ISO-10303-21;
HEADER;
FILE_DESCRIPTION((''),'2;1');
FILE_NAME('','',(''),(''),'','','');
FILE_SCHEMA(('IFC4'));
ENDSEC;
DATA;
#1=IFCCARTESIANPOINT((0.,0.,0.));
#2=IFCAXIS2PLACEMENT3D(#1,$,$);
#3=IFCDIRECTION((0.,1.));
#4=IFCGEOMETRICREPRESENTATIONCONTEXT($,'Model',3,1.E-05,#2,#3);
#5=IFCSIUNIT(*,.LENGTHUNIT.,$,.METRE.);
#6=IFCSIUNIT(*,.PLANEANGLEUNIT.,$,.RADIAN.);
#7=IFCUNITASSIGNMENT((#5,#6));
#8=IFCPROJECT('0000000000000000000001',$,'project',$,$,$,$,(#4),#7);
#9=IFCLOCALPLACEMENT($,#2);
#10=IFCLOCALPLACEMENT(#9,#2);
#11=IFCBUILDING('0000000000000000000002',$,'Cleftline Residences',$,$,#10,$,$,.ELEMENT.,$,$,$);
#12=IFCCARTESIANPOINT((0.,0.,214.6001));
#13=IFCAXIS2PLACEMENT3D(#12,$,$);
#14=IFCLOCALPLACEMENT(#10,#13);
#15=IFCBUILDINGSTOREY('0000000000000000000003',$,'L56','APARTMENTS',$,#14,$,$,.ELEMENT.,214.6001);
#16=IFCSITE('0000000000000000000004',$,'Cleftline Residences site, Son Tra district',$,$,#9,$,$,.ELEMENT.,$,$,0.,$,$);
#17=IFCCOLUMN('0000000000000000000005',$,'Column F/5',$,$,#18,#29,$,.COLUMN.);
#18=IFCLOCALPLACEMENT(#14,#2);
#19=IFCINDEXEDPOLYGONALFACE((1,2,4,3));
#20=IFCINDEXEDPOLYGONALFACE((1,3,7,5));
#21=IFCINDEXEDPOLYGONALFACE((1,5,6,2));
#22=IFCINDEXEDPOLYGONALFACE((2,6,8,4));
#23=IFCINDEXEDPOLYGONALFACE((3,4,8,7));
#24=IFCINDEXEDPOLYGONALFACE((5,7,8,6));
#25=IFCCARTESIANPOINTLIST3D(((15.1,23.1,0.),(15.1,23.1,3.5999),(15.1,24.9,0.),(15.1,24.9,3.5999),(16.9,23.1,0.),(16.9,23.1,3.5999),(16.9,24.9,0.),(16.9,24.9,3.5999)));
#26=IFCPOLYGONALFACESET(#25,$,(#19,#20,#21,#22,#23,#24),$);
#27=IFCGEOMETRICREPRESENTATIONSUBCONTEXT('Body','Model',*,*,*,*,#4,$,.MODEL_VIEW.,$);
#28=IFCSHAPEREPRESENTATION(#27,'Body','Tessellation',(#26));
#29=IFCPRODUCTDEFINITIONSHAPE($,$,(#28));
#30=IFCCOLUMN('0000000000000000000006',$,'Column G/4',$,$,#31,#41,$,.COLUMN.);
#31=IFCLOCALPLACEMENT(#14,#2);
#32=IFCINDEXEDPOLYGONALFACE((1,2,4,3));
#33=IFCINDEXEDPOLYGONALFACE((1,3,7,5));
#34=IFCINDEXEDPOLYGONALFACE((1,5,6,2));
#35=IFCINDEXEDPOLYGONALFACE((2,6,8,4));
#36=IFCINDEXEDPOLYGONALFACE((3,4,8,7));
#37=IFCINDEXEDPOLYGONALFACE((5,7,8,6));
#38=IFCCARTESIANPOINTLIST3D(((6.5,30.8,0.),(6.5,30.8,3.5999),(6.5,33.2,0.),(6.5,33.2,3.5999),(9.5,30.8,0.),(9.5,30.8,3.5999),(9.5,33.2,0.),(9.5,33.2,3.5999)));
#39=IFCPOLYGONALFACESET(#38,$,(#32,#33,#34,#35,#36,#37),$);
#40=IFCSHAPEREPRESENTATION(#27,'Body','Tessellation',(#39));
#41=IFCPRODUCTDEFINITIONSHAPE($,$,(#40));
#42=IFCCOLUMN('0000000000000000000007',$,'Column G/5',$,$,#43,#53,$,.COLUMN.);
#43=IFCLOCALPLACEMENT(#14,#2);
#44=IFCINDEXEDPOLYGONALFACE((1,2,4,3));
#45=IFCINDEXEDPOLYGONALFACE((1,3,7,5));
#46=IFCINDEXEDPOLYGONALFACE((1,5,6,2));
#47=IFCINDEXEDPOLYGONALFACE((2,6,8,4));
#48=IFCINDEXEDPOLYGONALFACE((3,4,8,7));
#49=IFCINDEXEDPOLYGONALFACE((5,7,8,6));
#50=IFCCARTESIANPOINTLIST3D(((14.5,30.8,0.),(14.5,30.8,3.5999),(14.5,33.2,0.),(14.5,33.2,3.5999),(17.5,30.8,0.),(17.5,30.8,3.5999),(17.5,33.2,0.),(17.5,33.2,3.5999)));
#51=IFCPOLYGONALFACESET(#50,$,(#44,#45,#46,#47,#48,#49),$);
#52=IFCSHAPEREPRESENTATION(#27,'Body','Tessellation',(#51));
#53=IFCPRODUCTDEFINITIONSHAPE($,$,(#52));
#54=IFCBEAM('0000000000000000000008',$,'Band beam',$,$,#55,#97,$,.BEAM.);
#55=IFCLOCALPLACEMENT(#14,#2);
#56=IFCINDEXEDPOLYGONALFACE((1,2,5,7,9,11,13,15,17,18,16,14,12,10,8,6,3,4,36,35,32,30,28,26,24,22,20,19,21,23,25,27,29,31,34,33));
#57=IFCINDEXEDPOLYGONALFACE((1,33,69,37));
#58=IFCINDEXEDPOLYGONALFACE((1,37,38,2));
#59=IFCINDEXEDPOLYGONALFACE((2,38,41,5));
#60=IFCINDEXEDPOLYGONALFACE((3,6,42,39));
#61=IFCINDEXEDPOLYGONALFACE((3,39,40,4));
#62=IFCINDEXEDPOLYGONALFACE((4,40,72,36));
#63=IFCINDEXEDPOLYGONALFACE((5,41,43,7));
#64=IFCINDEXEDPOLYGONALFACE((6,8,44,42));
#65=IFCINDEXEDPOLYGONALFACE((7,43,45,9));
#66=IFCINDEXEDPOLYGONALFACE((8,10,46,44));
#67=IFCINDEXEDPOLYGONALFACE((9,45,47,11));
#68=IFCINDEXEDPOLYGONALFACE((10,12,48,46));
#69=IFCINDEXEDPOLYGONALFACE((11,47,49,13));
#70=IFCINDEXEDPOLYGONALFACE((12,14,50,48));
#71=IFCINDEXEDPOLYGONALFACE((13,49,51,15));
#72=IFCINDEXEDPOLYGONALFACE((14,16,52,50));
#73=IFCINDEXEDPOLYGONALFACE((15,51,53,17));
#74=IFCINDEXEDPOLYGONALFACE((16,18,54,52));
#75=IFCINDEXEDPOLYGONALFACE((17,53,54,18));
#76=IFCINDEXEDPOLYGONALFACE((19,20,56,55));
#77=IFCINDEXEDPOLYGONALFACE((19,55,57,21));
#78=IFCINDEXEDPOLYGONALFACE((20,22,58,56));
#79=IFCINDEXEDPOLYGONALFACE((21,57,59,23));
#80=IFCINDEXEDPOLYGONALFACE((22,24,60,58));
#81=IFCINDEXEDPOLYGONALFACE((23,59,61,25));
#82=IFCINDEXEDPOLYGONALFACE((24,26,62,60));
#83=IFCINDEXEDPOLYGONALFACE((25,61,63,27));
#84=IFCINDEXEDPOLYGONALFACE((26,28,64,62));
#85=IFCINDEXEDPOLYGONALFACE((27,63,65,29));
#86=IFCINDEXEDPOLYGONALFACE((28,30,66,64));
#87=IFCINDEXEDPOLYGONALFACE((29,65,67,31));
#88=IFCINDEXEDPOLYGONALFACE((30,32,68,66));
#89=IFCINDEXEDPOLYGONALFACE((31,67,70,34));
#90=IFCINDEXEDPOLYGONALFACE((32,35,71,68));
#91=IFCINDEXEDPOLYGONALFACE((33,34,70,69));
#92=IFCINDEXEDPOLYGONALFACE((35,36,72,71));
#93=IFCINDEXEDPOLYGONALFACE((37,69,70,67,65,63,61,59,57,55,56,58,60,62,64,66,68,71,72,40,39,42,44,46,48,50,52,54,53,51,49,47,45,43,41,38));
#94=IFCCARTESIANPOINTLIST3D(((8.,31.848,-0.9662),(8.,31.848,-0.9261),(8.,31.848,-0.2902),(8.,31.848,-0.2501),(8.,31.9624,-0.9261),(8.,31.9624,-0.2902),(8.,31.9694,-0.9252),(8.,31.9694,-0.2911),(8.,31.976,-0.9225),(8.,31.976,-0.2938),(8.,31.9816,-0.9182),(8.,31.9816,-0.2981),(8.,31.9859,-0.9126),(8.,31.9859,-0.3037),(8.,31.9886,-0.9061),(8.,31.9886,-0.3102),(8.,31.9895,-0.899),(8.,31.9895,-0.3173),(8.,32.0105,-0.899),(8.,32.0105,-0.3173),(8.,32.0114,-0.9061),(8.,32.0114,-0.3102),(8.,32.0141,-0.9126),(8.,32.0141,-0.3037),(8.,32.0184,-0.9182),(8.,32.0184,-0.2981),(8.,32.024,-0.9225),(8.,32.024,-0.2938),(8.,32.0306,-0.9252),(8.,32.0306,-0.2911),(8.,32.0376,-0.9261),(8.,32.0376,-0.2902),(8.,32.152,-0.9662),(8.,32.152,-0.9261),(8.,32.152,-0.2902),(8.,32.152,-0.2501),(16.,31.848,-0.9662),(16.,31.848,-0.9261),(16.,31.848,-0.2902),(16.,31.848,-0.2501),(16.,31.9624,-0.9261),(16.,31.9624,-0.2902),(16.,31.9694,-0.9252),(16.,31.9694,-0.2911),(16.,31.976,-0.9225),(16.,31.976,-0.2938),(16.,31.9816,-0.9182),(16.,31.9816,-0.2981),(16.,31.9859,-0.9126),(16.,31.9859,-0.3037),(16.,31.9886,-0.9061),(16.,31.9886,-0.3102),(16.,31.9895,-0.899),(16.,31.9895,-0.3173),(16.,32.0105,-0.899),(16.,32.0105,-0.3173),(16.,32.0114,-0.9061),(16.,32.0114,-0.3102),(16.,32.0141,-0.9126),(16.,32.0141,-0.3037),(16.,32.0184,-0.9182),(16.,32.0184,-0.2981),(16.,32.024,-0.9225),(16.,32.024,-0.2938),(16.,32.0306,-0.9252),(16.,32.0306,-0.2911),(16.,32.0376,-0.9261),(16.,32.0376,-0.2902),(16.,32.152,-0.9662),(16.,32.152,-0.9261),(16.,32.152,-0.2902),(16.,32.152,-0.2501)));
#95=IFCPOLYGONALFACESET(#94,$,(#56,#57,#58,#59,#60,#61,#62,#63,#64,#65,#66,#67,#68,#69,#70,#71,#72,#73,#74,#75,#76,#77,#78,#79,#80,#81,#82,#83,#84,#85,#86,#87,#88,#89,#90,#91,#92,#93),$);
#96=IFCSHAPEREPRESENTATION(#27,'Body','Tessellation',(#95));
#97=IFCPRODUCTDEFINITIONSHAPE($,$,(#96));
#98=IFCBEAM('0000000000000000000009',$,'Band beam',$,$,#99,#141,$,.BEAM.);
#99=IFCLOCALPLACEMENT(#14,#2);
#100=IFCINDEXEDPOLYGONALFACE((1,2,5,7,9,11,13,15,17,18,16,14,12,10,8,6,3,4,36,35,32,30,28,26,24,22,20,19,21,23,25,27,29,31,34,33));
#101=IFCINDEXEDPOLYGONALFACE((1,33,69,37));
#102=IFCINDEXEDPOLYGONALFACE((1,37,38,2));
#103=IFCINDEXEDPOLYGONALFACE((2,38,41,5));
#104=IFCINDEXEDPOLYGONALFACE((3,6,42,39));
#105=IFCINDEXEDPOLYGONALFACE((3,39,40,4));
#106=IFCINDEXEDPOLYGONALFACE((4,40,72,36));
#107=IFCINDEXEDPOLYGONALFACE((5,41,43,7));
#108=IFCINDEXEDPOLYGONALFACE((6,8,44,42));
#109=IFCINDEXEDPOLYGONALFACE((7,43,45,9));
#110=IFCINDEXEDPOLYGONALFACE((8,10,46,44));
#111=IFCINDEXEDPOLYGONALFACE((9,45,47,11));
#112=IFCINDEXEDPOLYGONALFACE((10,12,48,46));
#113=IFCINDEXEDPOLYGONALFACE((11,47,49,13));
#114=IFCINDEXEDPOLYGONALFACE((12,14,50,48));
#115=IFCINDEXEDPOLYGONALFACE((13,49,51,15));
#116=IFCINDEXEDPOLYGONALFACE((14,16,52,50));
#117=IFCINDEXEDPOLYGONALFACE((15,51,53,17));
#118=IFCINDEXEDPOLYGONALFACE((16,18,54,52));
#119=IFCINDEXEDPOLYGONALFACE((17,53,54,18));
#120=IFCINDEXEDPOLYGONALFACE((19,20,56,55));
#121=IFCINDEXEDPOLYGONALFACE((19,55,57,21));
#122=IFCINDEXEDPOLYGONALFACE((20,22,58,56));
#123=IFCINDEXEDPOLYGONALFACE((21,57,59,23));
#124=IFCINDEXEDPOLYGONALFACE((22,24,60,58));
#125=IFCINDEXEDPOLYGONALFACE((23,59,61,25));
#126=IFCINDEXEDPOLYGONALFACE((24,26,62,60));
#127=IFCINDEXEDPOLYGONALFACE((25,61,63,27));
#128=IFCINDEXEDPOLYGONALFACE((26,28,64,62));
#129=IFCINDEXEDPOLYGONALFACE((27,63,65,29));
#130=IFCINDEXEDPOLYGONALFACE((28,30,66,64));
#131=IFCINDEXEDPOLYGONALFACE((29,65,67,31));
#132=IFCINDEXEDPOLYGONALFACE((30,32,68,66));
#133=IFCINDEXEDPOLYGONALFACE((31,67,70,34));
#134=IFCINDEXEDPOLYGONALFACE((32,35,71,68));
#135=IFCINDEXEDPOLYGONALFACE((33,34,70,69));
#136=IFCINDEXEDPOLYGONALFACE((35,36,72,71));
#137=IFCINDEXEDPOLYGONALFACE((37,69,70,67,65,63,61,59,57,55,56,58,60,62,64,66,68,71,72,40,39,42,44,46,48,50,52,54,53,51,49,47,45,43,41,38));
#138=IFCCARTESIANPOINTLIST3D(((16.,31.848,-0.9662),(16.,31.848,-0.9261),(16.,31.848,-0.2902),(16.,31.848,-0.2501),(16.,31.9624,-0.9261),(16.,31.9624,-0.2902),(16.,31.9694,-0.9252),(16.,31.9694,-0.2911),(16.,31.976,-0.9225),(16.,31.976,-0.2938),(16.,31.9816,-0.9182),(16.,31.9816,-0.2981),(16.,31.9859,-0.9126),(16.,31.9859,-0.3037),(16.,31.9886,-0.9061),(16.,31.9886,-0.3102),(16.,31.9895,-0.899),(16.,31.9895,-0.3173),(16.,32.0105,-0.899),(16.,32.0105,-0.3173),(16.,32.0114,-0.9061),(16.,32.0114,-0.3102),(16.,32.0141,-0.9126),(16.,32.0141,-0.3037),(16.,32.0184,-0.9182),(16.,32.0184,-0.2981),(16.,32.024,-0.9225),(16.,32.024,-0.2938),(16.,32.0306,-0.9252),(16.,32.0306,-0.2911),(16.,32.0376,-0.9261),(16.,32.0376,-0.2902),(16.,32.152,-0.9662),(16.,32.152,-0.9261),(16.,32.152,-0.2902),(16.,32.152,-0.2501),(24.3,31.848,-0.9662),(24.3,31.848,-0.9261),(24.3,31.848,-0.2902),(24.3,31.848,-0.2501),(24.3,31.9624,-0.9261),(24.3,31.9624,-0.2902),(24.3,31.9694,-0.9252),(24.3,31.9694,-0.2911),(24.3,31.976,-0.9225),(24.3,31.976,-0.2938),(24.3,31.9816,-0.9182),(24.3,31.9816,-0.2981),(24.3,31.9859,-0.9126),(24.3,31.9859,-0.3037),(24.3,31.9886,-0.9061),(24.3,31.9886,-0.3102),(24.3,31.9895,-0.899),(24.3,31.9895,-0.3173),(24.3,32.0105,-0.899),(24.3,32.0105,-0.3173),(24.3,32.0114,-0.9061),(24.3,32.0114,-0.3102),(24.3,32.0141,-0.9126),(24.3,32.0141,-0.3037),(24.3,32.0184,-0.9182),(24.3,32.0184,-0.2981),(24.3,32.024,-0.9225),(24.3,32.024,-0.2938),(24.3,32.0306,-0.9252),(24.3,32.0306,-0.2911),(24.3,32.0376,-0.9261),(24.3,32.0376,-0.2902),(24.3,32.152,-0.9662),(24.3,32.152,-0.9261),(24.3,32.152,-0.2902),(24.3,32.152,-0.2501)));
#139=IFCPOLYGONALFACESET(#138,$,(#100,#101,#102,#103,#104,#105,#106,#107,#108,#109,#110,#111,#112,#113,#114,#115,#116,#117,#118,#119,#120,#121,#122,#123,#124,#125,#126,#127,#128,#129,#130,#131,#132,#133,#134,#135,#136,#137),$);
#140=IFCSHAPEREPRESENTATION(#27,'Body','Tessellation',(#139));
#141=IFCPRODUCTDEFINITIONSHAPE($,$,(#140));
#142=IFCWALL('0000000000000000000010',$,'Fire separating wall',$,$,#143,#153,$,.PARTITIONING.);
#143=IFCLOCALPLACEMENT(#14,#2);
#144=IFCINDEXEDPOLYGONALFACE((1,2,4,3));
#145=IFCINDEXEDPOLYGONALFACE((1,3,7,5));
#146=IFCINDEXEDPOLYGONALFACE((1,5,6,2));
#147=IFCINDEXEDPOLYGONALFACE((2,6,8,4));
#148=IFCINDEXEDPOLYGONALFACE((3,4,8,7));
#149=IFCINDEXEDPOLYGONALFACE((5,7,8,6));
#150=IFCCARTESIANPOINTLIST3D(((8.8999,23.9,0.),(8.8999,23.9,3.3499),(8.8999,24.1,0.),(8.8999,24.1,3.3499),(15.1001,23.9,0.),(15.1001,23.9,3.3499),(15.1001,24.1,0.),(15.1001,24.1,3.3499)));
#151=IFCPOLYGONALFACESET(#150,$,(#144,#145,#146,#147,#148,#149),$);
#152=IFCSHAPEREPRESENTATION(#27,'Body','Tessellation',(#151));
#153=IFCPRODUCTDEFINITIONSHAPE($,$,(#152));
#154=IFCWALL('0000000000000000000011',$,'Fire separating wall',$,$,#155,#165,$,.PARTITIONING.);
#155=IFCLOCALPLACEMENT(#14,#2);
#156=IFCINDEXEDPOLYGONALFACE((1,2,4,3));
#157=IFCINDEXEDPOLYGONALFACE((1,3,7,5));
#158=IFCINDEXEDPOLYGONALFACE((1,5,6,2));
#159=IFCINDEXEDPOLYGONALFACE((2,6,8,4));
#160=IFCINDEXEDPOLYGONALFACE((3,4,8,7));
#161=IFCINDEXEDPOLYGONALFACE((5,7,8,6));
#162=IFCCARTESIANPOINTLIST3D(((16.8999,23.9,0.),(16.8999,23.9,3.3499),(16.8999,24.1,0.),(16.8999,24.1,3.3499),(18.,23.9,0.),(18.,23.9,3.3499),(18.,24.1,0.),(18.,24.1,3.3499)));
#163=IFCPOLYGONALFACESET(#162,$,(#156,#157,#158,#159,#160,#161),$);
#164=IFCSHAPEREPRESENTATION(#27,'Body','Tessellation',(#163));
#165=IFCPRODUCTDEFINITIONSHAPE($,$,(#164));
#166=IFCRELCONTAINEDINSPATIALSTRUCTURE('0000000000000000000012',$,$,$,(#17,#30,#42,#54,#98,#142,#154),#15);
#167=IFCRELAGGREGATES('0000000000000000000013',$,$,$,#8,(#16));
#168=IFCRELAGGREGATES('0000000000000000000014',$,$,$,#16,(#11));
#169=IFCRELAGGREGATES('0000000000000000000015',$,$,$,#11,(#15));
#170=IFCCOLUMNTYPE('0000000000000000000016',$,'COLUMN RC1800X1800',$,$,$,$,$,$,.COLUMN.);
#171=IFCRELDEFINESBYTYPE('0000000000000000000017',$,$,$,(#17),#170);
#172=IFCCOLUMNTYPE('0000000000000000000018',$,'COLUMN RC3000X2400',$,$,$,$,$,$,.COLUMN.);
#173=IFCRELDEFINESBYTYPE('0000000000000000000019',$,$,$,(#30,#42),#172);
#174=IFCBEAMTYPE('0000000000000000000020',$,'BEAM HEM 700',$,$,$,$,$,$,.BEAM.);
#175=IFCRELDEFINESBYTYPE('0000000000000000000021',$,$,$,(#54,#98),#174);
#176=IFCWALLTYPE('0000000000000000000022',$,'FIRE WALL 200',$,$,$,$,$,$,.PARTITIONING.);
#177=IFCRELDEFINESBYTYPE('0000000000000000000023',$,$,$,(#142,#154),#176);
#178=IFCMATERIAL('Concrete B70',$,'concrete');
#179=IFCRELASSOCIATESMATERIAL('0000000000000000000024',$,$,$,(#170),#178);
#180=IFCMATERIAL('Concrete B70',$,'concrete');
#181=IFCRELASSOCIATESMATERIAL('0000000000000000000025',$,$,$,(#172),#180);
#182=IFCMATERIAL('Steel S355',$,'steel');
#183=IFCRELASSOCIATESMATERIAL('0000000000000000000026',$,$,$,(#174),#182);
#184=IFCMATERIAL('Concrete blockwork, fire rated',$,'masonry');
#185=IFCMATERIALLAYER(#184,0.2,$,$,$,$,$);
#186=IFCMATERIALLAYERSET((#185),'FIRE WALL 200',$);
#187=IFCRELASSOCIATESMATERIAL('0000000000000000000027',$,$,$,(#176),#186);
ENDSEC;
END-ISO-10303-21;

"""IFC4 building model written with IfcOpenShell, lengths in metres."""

from ifc_helpers import new_model, si_unit, direction, frame, frame_2d, origin, origin_2d, place, context, subcontext, project, spatial, rectangle, i_section, extrude, material, layer, layer_set, material_profile, profile_set, type_object, element, save


model = new_model("IFC4")

# Units and contexts
model_context = context("Model", 3, precision=1e-05, world=origin(), true_north=direction((0.0, 1.0)))
body_context = subcontext(model_context, "Body", "Model", "MODEL_VIEW")
ifc_project = project(units=[si_unit("LENGTHUNIT", "METRE"), si_unit("PLANEANGLEUNIT", "RADIAN")], contexts=[model_context])

# Site, building, storey
site_placement = place(None, origin())
site = spatial("IfcSite", under=ifc_project, at=site_placement, Name="Cleftline Residences site, Son Tra district", CompositionType="ELEMENT", RefElevation=0.0)
building_placement = place(site_placement, origin())
building = spatial("IfcBuilding", under=site, at=building_placement, Name="Cleftline Residences", CompositionType="ELEMENT")
storey_placement = place(building_placement, frame((0.0, 0.0, 214.6001)))
storey = spatial("IfcBuildingStorey", under=building, at=storey_placement, Name="L56", Description="APARTMENTS", CompositionType="ELEMENT", Elevation=214.6001)

# Columns
ifc_material_1 = material(Name="Concrete B70", Category="concrete")
ifc_material_profile_1 = material_profile(ifc_material_1, rectangle(XDim=1.8, YDim=1.8, at=origin_2d()))
ifc_profile_set_1 = profile_set([ifc_material_profile_1], Name="Concrete B70")
column_type_1 = type_object("IfcColumnType", Name="COLUMN RC1800X1800", PredefinedType="COLUMN", material=ifc_profile_set_1)
column_placement = place(storey_placement, frame((16.0, 24.0, 0.0), z_axis=(0.0, 0.0, 1.0), x_axis=(1.0, 0.0, 0.0)))
element("IfcColumn", 1, at=column_placement, inside=storey, type_object=column_type_1, Name="Column F/5", PredefinedType="COLUMN", context=body_context, shape_type="SweptSolid", body=[
    extrude(rectangle(XDim=1.8, YDim=1.8, at=origin_2d()), origin(), (0.0, 0.0, 1.0), 3.5999),
])
ifc_material_2 = material(Name="Concrete B70", Category="concrete")
ifc_material_profile_2 = material_profile(ifc_material_2, rectangle(XDim=3.0, YDim=2.3999, at=origin_2d()))
ifc_profile_set_2 = profile_set([ifc_material_profile_2], Name="Concrete B70")
column_type_2 = type_object("IfcColumnType", Name="COLUMN RC3000X2400", PredefinedType="COLUMN", material=ifc_profile_set_2)
for number, where, z_axis, x_axis, name in (
    (2, (8.0, 32.0, 0.0), (0.0, 0.0, 1.0), (1.0, 0.0, 0.0), "Column G/4"),
    (3, (16.0, 32.0, 0.0), (0.0, 0.0, 1.0), (1.0, 0.0, 0.0), "Column G/5"),
):
    element("IfcColumn", number, at=place(storey_placement, frame(where, z_axis=z_axis, x_axis=x_axis)), inside=storey, type_object=column_type_2, Name=name, PredefinedType="COLUMN", context=body_context, shape_type="SweptSolid", body=[
        extrude(rectangle(XDim=3.0, YDim=2.3999, at=origin_2d()), origin(), (0.0, 0.0, 1.0), 3.5999),
    ])

# Beams
ifc_material_3 = material(Name="Steel S355", Category="steel")
ifc_material_profile_3 = material_profile(ifc_material_3, i_section(OverallWidth=0.304, OverallDepth=0.7161, WebThickness=0.021, FlangeThickness=0.04, FilletRadius=0.0271, at=origin_2d()))
ifc_profile_set_3 = profile_set([ifc_material_profile_3], Name="Steel S355")
beam_type = type_object("IfcBeamType", Name="BEAM HEM 700", PredefinedType="BEAM", material=ifc_profile_set_3)
beam_1_placement = place(storey_placement, frame((8.0, 32.0, -0.6082), z_axis=(1.0, 0.0, 0.0), x_axis=(0.0, 1.0, 0.0)))
element("IfcBeam", 4, at=beam_1_placement, inside=storey, type_object=beam_type, Name="Band beam", PredefinedType="BEAM", context=body_context, shape_type="SweptSolid", body=[
    extrude(i_section(OverallWidth=0.304, OverallDepth=0.7161, WebThickness=0.021, FlangeThickness=0.04, FilletRadius=0.0271, at=origin_2d()), origin(), (0.0, 0.0, 1.0), 8.0),
])
beam_2_placement = place(storey_placement, frame((16.0, 32.0, -0.6082), z_axis=(1.0, 0.0, 0.0), x_axis=(0.0, 1.0, 0.0)))
element("IfcBeam", 5, at=beam_2_placement, inside=storey, type_object=beam_type, Name="Band beam", PredefinedType="BEAM", context=body_context, shape_type="SweptSolid", body=[
    extrude(i_section(OverallWidth=0.304, OverallDepth=0.7161, WebThickness=0.021, FlangeThickness=0.04, FilletRadius=0.0271, at=origin_2d()), origin(), (0.0, 0.0, 1.0), 8.3),
])

# Walls
ifc_material_4 = material(Name="Concrete blockwork, fire rated", Category="masonry")
ifc_layer_1 = layer(ifc_material_4, 0.2)
ifc_layer_set_1 = layer_set([ifc_layer_1], Name="FIRE WALL 200")
wall_type_1 = type_object("IfcWallType", Name="FIRE WALL 200", PredefinedType="PARTITIONING", material=ifc_layer_set_1)
wall_1_placement = place(storey_placement, frame((8.8999, 24.0, 0.0), z_axis=(0.0, 0.0, 1.0), x_axis=(1.0, 0.0, 0.0)))
element("IfcWall", 6, at=wall_1_placement, inside=storey, type_object=wall_type_1, Name="Fire separating wall", PredefinedType="PARTITIONING", context=body_context, shape_type="SweptSolid", body=[
    extrude(rectangle(XDim=6.2002, YDim=0.2, at=frame_2d((3.1001, 0.0))), origin(), (0.0, 0.0, 1.0), 3.3499),
])
wall_2_placement = place(storey_placement, frame((16.8999, 24.0, 0.0), z_axis=(0.0, 0.0, 1.0), x_axis=(1.0, 0.0, 0.0)))
element("IfcWall", 7, at=wall_2_placement, inside=storey, type_object=wall_type_1, Name="Fire separating wall", PredefinedType="PARTITIONING", context=body_context, shape_type="SweptSolid", body=[
    extrude(rectangle(XDim=1.1001, YDim=0.2, at=frame_2d((0.55, 0.0))), origin(), (0.0, 0.0, 1.0), 3.3499),
])

save(model, "model.ifc")
